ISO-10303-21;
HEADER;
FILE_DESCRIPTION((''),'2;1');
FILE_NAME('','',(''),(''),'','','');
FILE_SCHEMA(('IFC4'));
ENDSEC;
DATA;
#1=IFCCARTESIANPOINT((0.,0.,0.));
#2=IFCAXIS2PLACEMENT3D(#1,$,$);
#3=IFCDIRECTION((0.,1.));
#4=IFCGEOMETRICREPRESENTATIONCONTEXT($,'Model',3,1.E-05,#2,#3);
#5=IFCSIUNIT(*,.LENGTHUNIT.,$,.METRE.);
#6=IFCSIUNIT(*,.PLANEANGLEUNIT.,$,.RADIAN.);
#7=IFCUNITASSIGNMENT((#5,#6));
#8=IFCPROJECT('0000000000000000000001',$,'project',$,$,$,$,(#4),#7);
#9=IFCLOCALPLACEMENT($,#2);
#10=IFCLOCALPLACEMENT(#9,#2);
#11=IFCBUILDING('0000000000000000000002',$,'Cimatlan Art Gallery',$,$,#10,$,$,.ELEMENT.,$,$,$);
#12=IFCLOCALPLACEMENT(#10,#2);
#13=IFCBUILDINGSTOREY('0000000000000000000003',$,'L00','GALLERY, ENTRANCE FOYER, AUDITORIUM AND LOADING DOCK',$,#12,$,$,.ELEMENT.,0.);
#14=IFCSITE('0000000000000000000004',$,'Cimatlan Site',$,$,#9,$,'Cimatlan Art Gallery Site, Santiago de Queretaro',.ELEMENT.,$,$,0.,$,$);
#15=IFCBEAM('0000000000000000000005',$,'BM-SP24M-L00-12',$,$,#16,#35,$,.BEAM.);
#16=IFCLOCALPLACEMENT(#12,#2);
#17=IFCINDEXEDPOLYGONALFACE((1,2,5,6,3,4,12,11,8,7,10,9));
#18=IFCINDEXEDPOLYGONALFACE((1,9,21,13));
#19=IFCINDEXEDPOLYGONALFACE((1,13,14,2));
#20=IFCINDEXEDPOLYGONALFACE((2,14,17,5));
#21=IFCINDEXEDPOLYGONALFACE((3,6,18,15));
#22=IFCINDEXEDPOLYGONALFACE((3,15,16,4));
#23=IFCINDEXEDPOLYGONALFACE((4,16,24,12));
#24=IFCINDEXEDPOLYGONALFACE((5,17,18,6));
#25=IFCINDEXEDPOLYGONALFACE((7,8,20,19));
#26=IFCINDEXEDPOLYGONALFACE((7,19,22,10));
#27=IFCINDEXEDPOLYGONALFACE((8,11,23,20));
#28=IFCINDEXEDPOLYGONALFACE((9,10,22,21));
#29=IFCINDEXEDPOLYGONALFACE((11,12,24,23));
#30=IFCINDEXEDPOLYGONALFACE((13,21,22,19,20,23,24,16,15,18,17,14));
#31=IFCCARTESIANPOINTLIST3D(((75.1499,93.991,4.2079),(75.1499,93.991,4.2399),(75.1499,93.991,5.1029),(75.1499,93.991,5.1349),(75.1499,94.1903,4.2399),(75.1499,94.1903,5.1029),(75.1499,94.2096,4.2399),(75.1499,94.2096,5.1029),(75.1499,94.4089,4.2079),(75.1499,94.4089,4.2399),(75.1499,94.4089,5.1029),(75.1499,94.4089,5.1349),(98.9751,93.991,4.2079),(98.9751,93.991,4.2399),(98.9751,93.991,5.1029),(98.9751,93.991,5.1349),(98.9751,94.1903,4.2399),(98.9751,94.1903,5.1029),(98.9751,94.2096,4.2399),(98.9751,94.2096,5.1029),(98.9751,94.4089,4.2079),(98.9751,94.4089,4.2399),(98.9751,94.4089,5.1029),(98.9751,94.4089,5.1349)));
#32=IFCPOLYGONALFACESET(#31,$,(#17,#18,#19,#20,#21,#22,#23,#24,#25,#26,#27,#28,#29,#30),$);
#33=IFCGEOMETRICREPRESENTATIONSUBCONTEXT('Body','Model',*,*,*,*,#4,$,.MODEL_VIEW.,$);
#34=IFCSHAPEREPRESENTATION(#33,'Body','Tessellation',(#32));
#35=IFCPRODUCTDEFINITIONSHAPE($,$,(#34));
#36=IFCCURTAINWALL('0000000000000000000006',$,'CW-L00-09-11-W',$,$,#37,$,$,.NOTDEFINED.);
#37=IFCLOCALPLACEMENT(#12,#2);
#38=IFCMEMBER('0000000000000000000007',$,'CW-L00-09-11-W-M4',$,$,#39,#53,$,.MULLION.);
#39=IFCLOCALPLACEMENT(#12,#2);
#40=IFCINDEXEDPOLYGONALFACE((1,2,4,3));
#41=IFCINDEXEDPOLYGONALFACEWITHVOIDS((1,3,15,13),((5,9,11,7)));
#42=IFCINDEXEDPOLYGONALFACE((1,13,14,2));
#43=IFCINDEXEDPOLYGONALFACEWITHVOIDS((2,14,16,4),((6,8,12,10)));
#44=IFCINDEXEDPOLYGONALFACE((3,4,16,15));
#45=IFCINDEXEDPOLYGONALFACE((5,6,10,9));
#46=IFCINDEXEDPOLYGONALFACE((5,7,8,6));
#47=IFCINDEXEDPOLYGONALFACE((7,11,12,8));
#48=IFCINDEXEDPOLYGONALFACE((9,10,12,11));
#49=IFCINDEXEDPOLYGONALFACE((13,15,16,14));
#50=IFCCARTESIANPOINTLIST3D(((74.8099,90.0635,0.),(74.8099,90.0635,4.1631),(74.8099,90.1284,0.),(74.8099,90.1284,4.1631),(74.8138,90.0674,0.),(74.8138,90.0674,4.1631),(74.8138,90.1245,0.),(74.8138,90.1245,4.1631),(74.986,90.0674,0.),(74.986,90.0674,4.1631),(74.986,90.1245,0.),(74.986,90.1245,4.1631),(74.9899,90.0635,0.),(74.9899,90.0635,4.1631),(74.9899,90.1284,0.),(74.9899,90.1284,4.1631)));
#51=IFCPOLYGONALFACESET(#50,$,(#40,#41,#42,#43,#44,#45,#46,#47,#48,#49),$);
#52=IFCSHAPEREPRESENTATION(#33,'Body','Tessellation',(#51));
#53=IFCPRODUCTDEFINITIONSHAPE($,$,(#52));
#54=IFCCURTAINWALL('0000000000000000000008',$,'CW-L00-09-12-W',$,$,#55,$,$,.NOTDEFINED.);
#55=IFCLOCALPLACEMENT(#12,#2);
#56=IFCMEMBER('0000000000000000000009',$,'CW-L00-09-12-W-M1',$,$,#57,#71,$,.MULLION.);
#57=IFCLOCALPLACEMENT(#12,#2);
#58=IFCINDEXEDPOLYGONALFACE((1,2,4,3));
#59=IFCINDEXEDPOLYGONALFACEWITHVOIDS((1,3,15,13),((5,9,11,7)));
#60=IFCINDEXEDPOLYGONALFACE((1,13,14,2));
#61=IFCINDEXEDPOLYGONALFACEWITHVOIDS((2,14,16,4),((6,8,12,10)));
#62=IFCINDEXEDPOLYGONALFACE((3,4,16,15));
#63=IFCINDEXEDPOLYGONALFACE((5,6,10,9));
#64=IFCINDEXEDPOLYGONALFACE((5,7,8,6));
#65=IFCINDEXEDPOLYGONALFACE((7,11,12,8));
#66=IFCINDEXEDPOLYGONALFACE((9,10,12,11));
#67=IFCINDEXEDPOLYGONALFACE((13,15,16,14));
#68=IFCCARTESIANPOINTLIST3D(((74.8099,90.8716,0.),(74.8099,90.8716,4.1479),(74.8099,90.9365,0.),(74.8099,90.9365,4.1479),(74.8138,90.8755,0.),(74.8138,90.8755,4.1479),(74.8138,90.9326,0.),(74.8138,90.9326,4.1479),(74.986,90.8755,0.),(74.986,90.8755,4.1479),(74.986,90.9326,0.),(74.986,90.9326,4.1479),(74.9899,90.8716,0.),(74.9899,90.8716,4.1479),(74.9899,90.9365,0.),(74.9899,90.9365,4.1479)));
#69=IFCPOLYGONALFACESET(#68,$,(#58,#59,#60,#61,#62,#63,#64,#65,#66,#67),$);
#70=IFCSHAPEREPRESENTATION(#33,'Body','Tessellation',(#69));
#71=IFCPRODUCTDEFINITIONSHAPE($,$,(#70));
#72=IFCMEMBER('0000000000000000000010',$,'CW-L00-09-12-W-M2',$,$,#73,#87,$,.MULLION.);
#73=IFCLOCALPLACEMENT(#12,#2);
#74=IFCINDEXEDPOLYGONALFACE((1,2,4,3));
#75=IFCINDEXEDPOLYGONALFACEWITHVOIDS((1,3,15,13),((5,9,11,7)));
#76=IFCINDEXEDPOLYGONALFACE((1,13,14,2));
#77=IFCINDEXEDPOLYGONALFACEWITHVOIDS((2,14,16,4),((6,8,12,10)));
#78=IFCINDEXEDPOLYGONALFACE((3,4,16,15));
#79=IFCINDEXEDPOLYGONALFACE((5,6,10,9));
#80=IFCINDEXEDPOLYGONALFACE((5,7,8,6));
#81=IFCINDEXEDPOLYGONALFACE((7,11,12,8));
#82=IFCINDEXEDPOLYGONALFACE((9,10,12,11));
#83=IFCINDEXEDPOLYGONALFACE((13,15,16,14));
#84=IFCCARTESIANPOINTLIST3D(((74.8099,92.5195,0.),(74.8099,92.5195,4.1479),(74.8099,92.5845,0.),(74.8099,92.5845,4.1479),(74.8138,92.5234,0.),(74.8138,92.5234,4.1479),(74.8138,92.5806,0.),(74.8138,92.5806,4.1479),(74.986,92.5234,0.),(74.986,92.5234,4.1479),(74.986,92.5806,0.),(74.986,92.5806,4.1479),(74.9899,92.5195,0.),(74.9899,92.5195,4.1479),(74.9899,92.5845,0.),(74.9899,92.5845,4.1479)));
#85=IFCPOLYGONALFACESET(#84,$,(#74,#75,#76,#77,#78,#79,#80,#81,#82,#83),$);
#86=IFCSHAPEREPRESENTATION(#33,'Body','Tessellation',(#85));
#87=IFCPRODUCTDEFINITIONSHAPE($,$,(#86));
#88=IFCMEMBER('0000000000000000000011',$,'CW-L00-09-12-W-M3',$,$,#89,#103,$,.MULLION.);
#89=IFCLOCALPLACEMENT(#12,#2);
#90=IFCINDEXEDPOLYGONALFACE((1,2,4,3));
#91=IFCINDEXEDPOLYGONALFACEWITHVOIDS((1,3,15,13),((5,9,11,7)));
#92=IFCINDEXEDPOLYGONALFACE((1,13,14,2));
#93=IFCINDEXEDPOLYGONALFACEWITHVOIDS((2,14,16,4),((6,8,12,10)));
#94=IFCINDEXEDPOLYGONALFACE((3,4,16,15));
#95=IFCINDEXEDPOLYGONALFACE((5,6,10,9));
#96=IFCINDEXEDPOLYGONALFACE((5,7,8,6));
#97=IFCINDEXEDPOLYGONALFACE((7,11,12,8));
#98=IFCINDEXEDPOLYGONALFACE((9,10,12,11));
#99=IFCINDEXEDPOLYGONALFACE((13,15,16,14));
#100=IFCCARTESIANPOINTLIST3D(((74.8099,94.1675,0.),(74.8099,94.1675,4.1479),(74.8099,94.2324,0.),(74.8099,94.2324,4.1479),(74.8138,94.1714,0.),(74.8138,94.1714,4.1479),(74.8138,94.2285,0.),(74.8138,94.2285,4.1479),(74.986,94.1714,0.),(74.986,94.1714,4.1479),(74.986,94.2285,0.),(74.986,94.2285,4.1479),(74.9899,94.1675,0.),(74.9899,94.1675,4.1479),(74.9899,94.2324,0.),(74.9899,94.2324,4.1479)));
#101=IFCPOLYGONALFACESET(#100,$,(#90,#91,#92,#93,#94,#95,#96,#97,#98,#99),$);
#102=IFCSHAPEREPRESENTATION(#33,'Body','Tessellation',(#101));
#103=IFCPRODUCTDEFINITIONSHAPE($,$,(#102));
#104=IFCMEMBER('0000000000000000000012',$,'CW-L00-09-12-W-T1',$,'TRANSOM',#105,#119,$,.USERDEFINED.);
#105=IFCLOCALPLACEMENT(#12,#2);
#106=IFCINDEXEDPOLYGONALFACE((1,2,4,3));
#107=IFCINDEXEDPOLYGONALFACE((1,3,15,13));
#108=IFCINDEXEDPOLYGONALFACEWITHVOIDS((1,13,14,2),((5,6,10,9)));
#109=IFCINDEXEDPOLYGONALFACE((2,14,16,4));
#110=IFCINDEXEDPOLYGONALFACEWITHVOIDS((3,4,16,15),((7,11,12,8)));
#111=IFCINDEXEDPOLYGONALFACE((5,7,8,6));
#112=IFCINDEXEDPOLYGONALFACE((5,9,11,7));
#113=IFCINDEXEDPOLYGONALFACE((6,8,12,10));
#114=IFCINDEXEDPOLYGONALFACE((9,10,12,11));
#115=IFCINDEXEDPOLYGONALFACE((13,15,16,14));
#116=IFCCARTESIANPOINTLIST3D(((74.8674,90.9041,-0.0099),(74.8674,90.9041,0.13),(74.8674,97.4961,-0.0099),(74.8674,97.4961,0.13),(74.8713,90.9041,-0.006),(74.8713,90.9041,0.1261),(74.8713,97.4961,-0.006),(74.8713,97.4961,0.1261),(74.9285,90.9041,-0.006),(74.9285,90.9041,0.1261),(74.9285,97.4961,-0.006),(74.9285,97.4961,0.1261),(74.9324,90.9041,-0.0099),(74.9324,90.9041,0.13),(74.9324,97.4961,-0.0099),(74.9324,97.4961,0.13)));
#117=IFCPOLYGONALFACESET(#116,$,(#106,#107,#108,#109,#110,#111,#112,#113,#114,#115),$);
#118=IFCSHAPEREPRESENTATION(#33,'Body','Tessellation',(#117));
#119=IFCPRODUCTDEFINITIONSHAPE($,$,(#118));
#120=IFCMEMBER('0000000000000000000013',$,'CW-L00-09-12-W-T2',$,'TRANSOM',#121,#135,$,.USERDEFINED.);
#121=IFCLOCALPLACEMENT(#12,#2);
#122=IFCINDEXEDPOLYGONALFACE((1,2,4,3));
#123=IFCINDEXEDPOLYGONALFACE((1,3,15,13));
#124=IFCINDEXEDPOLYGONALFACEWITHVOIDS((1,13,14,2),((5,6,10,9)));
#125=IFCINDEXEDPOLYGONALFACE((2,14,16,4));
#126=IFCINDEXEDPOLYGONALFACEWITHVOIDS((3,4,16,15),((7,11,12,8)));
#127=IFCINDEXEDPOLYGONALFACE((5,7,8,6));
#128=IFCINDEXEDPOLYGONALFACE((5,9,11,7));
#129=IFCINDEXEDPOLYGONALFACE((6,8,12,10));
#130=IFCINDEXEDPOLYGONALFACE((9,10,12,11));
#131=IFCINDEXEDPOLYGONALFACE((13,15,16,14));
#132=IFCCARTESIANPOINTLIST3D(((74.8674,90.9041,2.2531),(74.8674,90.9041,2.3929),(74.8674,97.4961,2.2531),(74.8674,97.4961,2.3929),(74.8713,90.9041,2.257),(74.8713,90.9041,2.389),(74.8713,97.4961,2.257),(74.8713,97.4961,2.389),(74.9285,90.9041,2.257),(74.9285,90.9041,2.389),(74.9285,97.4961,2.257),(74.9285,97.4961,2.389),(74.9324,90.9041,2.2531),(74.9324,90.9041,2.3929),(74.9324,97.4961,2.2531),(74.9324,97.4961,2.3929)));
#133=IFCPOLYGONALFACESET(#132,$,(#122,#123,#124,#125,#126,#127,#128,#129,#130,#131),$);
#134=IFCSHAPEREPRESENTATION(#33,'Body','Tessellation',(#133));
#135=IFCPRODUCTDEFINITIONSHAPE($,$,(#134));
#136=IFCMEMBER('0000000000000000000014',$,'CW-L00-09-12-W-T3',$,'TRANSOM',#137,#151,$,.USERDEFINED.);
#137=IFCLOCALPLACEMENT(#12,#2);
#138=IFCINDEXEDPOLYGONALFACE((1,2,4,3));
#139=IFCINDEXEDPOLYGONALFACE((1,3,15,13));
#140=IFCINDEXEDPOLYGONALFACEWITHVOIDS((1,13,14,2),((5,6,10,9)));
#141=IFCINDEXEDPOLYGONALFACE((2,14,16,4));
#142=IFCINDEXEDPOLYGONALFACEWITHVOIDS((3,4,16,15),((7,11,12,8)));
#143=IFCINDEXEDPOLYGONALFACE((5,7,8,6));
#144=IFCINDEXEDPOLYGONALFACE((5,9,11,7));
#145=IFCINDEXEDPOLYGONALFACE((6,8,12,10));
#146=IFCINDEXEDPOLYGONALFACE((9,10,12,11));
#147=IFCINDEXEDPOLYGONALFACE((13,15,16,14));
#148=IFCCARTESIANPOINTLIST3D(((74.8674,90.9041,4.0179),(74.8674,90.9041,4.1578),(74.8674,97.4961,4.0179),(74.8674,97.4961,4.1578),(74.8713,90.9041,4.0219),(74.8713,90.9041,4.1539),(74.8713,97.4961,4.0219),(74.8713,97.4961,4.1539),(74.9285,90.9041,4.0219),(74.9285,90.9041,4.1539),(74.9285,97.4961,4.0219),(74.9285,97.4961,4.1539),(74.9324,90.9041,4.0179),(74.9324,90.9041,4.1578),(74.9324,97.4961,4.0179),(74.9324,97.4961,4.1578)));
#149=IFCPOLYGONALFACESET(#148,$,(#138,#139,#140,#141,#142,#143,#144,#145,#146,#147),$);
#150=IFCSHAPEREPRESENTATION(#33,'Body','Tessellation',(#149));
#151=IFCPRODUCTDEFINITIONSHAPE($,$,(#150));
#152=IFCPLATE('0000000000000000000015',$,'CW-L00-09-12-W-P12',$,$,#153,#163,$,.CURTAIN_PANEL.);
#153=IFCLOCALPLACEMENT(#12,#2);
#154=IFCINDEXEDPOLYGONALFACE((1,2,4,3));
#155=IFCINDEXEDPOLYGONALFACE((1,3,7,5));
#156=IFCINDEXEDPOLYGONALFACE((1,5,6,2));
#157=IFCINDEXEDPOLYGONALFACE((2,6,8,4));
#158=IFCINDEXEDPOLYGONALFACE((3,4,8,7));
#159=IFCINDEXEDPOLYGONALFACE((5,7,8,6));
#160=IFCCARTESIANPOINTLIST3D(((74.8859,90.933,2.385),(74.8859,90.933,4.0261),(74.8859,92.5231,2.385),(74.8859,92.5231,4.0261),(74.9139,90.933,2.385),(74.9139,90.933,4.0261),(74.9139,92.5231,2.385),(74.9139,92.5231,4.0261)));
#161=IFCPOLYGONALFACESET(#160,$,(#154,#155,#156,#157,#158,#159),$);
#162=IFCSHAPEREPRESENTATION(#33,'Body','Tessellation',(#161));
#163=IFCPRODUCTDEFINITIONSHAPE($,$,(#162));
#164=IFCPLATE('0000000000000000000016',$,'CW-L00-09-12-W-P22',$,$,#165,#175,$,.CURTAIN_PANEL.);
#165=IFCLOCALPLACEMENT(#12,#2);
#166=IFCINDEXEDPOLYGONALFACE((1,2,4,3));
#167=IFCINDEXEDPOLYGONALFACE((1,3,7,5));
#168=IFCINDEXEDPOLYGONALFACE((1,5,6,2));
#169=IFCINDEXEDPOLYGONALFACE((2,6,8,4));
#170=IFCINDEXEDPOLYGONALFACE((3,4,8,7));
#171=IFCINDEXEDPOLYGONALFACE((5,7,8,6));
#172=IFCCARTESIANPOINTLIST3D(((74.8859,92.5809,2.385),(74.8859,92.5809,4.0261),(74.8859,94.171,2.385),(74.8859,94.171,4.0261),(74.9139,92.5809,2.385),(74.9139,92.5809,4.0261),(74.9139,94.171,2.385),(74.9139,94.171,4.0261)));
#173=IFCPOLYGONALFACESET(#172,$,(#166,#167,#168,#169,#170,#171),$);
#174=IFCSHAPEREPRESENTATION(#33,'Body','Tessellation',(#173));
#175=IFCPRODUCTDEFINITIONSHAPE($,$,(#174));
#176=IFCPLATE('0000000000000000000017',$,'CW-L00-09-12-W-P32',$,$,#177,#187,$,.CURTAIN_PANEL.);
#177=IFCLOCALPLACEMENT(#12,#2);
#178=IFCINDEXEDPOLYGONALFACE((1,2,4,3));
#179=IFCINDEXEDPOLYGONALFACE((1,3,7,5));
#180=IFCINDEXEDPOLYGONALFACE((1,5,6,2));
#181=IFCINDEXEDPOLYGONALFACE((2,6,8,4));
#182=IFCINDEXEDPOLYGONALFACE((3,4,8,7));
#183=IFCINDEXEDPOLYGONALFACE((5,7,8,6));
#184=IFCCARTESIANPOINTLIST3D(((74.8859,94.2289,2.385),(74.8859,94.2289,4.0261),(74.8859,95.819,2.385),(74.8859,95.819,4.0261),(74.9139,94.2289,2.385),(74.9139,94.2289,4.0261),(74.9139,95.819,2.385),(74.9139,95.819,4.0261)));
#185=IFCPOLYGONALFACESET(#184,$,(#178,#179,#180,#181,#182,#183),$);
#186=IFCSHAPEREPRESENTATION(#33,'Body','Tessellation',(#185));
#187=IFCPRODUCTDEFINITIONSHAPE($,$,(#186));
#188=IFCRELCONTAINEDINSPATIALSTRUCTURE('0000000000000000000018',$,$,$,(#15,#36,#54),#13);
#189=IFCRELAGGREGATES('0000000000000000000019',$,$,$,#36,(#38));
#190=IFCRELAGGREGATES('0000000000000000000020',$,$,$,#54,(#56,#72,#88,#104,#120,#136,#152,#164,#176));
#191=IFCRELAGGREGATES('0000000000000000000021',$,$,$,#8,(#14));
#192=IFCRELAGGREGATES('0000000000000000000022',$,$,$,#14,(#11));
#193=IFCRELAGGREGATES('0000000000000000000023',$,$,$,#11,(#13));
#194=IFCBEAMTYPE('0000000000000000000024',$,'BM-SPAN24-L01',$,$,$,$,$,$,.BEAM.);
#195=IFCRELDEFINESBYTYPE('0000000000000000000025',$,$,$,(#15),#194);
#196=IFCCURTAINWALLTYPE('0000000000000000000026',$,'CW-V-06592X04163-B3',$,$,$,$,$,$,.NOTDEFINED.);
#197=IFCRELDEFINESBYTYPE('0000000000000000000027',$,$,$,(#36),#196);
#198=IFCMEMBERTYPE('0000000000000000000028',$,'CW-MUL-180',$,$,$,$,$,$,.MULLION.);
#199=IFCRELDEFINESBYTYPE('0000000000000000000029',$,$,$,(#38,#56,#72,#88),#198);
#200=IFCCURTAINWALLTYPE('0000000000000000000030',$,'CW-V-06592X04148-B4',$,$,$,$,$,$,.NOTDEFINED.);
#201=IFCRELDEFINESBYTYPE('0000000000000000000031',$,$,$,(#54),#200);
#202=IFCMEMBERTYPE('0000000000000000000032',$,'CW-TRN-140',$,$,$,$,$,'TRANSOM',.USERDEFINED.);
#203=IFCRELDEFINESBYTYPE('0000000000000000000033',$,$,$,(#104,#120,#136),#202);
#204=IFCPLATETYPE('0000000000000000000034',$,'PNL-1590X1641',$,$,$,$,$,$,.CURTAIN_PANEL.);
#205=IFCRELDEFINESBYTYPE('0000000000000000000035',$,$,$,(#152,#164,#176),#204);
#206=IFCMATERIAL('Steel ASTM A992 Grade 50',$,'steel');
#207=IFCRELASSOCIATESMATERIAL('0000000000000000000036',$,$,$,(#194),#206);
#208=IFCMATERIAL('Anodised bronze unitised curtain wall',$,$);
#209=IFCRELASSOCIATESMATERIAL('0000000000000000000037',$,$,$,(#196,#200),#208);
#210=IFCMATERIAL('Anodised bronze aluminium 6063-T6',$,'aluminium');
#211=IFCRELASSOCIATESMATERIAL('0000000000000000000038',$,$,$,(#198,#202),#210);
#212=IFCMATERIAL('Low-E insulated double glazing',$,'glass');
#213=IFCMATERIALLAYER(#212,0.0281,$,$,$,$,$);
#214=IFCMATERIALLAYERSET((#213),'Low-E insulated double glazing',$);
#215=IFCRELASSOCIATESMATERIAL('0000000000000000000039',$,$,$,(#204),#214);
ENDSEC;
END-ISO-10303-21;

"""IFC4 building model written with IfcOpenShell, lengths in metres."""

from ifc_helpers import new_model, si_unit, direction, frame, origin, origin_2d, place, context, subcontext, project, spatial, rectangle, hollow_rectangle, i_section, extrude, material, layer, layer_set, material_profile, profile_set, type_object, element, aggregate, save


model = new_model("IFC4")

# Units and contexts
model_context = context("Model", 3, precision=1e-05, world=origin(), true_north=direction((0.0, 1.0)))
body_context = subcontext(model_context, "Body", "Model", "MODEL_VIEW")
ifc_project = project(units=[si_unit("LENGTHUNIT", "METRE"), si_unit("PLANEANGLEUNIT", "RADIAN")], contexts=[model_context])

# Site, building, storey
site_placement = place(None, origin())
site = spatial("IfcSite", under=ifc_project, at=site_placement, Name="Cimatlan Site", LongName="Cimatlan Art Gallery Site, Santiago de Queretaro", CompositionType="ELEMENT", RefElevation=0.0)
building_placement = place(site_placement, origin())
building = spatial("IfcBuilding", under=site, at=building_placement, Name="Cimatlan Art Gallery", CompositionType="ELEMENT")
storey_placement = place(building_placement, origin())
storey = spatial("IfcBuildingStorey", under=building, at=storey_placement, Name="L00", Description="GALLERY, ENTRANCE FOYER, AUDITORIUM AND LOADING DOCK", CompositionType="ELEMENT", Elevation=0.0)

# Beam
ifc_material_1 = material(Name="Steel ASTM A992 Grade 50", Category="steel")
ifc_material_profile_1 = material_profile(ifc_material_1, i_section(OverallWidth=0.418, OverallDepth=0.927, WebThickness=0.0193, FlangeThickness=0.032, at=origin_2d()), Name="W36X231")
ifc_profile_set_1 = profile_set([ifc_material_profile_1], Name="Steel ASTM A992 Grade 50")
beam_type_1 = type_object("IfcBeamType", Name="BM-SPAN24-L01", PredefinedType="BEAM", material=ifc_profile_set_1)
beam_1_placement = place(storey_placement, frame((75.1499, 94.2, 4.6714), z_axis=(1.0, 0.0, 0.0), x_axis=(0.0, 1.0, 0.0)))
element("IfcBeam", 1, at=beam_1_placement, inside=storey, type_object=beam_type_1, Name="BM-SP24M-L00-12", PredefinedType="BEAM", context=body_context, shape_type="SweptSolid", body=[
    extrude(i_section(OverallWidth=0.418, OverallDepth=0.927, WebThickness=0.0193, FlangeThickness=0.032, at=origin_2d()), origin(), (0.0, 0.0, 1.0), 23.8252),
])

# Curtain wall, member
ifc_material_2 = material(Name="Anodised bronze unitised curtain wall")
curtain_wall_type_1 = type_object("IfcCurtainWallType", Name="CW-V-06592X04163-B3", PredefinedType="NOTDEFINED", material=ifc_material_2)
curtain_wall_1_placement = place(storey_placement, origin())
curtain_wall_1 = element("IfcCurtainWall", 2, at=curtain_wall_1_placement, inside=storey, type_object=curtain_wall_type_1, Name="CW-L00-09-11-W", PredefinedType="NOTDEFINED")
ifc_material_3 = material(Name="Anodised bronze aluminium 6063-T6", Category="aluminium")
ifc_material_profile_2 = material_profile(ifc_material_3, hollow_rectangle(XDim=0.0649, YDim=0.1799, WallThickness=0.0039, at=origin_2d()), Name="ALU65X180X4")
ifc_profile_set_2 = profile_set([ifc_material_profile_2], Name="Anodised bronze aluminium 6063-T6")
member_type_1 = type_object("IfcMemberType", Name="CW-MUL-180", PredefinedType="MULLION", material=ifc_profile_set_2)
member_1_placement = place(storey_placement, frame((74.8999, 90.0959, 0.0), z_axis=(0.0, 0.0, 1.0), x_axis=(0.0, 1.0, 0.0)))
member_1 = element("IfcMember", 3, at=member_1_placement, type_object=member_type_1, Name="CW-L00-09-11-W-M4", PredefinedType="MULLION", context=body_context, shape_type="SweptSolid", body=[
    extrude(hollow_rectangle(XDim=0.0649, YDim=0.1799, WallThickness=0.0039, at=origin_2d()), origin(), (0.0, 0.0, 1.0), 4.1631),
])
aggregate(curtain_wall_1, [member_1])

# Curtain wall, members, plates
curtain_wall_type_2 = type_object("IfcCurtainWallType", Name="CW-V-06592X04148-B4", PredefinedType="NOTDEFINED", material=ifc_material_2)
curtain_wall_2_placement = place(storey_placement, origin())
curtain_wall_2 = element("IfcCurtainWall", 4, at=curtain_wall_2_placement, inside=storey, type_object=curtain_wall_type_2, Name="CW-L00-09-12-W", PredefinedType="NOTDEFINED")
member_2_placement = place(storey_placement, frame((74.8999, 90.9041, 0.0), z_axis=(0.0, 0.0, 1.0), x_axis=(0.0, 1.0, 0.0)))
member_2 = element("IfcMember", 5, at=member_2_placement, type_object=member_type_1, Name="CW-L00-09-12-W-M1", PredefinedType="MULLION", context=body_context, shape_type="SweptSolid", body=[
    extrude(hollow_rectangle(XDim=0.0649, YDim=0.1799, WallThickness=0.0039, at=origin_2d()), origin(), (0.0, 0.0, 1.0), 4.1479),
])
member_3_placement = place(storey_placement, frame((74.8999, 92.552, 0.0), z_axis=(0.0, 0.0, 1.0), x_axis=(0.0, 1.0, 0.0)))
member_3 = element("IfcMember", 6, at=member_3_placement, type_object=member_type_1, Name="CW-L00-09-12-W-M2", PredefinedType="MULLION", context=body_context, shape_type="SweptSolid", body=[
    extrude(hollow_rectangle(XDim=0.0649, YDim=0.1799, WallThickness=0.0039, at=origin_2d()), origin(), (0.0, 0.0, 1.0), 4.1479),
])
member_4_placement = place(storey_placement, frame((74.8999, 94.2, 0.0), z_axis=(0.0, 0.0, 1.0), x_axis=(0.0, 1.0, 0.0)))
member_4 = element("IfcMember", 7, at=member_4_placement, type_object=member_type_1, Name="CW-L00-09-12-W-M3", PredefinedType="MULLION", context=body_context, shape_type="SweptSolid", body=[
    extrude(hollow_rectangle(XDim=0.0649, YDim=0.1799, WallThickness=0.0039, at=origin_2d()), origin(), (0.0, 0.0, 1.0), 4.1479),
])
ifc_material_profile_3 = material_profile(ifc_material_3, hollow_rectangle(XDim=0.0649, YDim=0.1399, WallThickness=0.0039, at=origin_2d()), Name="ALU65X140X4")
ifc_profile_set_3 = profile_set([ifc_material_profile_3], Name="Anodised bronze aluminium 6063-T6")
member_type_2 = type_object("IfcMemberType", Name="CW-TRN-140", ElementType="TRANSOM", PredefinedType="USERDEFINED", material=ifc_profile_set_3)
member_5_placement = place(storey_placement, frame((74.8999, 90.9041, 0.0601), z_axis=(0.0, 1.0, 0.0), x_axis=(-1.0, 0.0, 0.0)))
member_5 = element("IfcMember", 8, at=member_5_placement, type_object=member_type_2, Name="CW-L00-09-12-W-T1", ObjectType="TRANSOM", PredefinedType="USERDEFINED", context=body_context, shape_type="SweptSolid", body=[
    extrude(hollow_rectangle(XDim=0.0649, YDim=0.1399, WallThickness=0.0039, at=origin_2d()), origin(), (0.0, 0.0, 1.0), 6.592),
])
member_6_placement = place(storey_placement, frame((74.8999, 90.9041, 2.323), z_axis=(0.0, 1.0, 0.0), x_axis=(-1.0, 0.0, 0.0)))
member_6 = element("IfcMember", 9, at=member_6_placement, type_object=member_type_2, Name="CW-L00-09-12-W-T2", ObjectType="TRANSOM", PredefinedType="USERDEFINED", context=body_context, shape_type="SweptSolid", body=[
    extrude(hollow_rectangle(XDim=0.0649, YDim=0.1399, WallThickness=0.0039, at=origin_2d()), origin(), (0.0, 0.0, 1.0), 6.592),
])
member_7_placement = place(storey_placement, frame((74.8999, 90.9041, 4.0879), z_axis=(0.0, 1.0, 0.0), x_axis=(-1.0, 0.0, 0.0)))
member_7 = element("IfcMember", 10, at=member_7_placement, type_object=member_type_2, Name="CW-L00-09-12-W-T3", ObjectType="TRANSOM", PredefinedType="USERDEFINED", context=body_context, shape_type="SweptSolid", body=[
    extrude(hollow_rectangle(XDim=0.0649, YDim=0.1399, WallThickness=0.0039, at=origin_2d()), origin(), (0.0, 0.0, 1.0), 6.592),
])
ifc_material_4 = material(Name="Low-E insulated double glazing", Category="glass")
ifc_layer_1 = layer(ifc_material_4, 0.0281)
ifc_layer_set_1 = layer_set([ifc_layer_1], Name="Low-E insulated double glazing")
plate_type_1 = type_object("IfcPlateType", Name="PNL-1590X1641", PredefinedType="CURTAIN_PANEL", material=ifc_layer_set_1)
plate_1_placement = place(storey_placement, frame((74.8999, 91.728, 2.385), z_axis=(0.0, 0.0, 1.0), x_axis=(0.0, 1.0, 0.0)))
plate_1 = element("IfcPlate", 11, at=plate_1_placement, type_object=plate_type_1, Name="CW-L00-09-12-W-P12", PredefinedType="CURTAIN_PANEL", context=body_context, shape_type="SweptSolid", body=[
    extrude(rectangle(XDim=1.5901, YDim=0.0281, at=origin_2d()), origin(), (0.0, 0.0, 1.0), 1.6411),
])
plate_2_placement = place(storey_placement, frame((74.8999, 93.376, 2.385), z_axis=(0.0, 0.0, 1.0), x_axis=(0.0, 1.0, 0.0)))
plate_2 = element("IfcPlate", 12, at=plate_2_placement, type_object=plate_type_1, Name="CW-L00-09-12-W-P22", PredefinedType="CURTAIN_PANEL", context=body_context, shape_type="SweptSolid", body=[
    extrude(rectangle(XDim=1.5901, YDim=0.0281, at=origin_2d()), origin(), (0.0, 0.0, 1.0), 1.6411),
])
plate_3_placement = place(storey_placement, frame((74.8999, 95.0239, 2.385), z_axis=(0.0, 0.0, 1.0), x_axis=(0.0, 1.0, 0.0)))
plate_3 = element("IfcPlate", 13, at=plate_3_placement, type_object=plate_type_1, Name="CW-L00-09-12-W-P32", PredefinedType="CURTAIN_PANEL", context=body_context, shape_type="SweptSolid", body=[
    extrude(rectangle(XDim=1.5901, YDim=0.0281, at=origin_2d()), origin(), (0.0, 0.0, 1.0), 1.6411),
])
aggregate(curtain_wall_2, [member_2, member_3, member_4, member_5, member_6, member_7, plate_1, plate_2, plate_3])

save(model, "model.ifc")
